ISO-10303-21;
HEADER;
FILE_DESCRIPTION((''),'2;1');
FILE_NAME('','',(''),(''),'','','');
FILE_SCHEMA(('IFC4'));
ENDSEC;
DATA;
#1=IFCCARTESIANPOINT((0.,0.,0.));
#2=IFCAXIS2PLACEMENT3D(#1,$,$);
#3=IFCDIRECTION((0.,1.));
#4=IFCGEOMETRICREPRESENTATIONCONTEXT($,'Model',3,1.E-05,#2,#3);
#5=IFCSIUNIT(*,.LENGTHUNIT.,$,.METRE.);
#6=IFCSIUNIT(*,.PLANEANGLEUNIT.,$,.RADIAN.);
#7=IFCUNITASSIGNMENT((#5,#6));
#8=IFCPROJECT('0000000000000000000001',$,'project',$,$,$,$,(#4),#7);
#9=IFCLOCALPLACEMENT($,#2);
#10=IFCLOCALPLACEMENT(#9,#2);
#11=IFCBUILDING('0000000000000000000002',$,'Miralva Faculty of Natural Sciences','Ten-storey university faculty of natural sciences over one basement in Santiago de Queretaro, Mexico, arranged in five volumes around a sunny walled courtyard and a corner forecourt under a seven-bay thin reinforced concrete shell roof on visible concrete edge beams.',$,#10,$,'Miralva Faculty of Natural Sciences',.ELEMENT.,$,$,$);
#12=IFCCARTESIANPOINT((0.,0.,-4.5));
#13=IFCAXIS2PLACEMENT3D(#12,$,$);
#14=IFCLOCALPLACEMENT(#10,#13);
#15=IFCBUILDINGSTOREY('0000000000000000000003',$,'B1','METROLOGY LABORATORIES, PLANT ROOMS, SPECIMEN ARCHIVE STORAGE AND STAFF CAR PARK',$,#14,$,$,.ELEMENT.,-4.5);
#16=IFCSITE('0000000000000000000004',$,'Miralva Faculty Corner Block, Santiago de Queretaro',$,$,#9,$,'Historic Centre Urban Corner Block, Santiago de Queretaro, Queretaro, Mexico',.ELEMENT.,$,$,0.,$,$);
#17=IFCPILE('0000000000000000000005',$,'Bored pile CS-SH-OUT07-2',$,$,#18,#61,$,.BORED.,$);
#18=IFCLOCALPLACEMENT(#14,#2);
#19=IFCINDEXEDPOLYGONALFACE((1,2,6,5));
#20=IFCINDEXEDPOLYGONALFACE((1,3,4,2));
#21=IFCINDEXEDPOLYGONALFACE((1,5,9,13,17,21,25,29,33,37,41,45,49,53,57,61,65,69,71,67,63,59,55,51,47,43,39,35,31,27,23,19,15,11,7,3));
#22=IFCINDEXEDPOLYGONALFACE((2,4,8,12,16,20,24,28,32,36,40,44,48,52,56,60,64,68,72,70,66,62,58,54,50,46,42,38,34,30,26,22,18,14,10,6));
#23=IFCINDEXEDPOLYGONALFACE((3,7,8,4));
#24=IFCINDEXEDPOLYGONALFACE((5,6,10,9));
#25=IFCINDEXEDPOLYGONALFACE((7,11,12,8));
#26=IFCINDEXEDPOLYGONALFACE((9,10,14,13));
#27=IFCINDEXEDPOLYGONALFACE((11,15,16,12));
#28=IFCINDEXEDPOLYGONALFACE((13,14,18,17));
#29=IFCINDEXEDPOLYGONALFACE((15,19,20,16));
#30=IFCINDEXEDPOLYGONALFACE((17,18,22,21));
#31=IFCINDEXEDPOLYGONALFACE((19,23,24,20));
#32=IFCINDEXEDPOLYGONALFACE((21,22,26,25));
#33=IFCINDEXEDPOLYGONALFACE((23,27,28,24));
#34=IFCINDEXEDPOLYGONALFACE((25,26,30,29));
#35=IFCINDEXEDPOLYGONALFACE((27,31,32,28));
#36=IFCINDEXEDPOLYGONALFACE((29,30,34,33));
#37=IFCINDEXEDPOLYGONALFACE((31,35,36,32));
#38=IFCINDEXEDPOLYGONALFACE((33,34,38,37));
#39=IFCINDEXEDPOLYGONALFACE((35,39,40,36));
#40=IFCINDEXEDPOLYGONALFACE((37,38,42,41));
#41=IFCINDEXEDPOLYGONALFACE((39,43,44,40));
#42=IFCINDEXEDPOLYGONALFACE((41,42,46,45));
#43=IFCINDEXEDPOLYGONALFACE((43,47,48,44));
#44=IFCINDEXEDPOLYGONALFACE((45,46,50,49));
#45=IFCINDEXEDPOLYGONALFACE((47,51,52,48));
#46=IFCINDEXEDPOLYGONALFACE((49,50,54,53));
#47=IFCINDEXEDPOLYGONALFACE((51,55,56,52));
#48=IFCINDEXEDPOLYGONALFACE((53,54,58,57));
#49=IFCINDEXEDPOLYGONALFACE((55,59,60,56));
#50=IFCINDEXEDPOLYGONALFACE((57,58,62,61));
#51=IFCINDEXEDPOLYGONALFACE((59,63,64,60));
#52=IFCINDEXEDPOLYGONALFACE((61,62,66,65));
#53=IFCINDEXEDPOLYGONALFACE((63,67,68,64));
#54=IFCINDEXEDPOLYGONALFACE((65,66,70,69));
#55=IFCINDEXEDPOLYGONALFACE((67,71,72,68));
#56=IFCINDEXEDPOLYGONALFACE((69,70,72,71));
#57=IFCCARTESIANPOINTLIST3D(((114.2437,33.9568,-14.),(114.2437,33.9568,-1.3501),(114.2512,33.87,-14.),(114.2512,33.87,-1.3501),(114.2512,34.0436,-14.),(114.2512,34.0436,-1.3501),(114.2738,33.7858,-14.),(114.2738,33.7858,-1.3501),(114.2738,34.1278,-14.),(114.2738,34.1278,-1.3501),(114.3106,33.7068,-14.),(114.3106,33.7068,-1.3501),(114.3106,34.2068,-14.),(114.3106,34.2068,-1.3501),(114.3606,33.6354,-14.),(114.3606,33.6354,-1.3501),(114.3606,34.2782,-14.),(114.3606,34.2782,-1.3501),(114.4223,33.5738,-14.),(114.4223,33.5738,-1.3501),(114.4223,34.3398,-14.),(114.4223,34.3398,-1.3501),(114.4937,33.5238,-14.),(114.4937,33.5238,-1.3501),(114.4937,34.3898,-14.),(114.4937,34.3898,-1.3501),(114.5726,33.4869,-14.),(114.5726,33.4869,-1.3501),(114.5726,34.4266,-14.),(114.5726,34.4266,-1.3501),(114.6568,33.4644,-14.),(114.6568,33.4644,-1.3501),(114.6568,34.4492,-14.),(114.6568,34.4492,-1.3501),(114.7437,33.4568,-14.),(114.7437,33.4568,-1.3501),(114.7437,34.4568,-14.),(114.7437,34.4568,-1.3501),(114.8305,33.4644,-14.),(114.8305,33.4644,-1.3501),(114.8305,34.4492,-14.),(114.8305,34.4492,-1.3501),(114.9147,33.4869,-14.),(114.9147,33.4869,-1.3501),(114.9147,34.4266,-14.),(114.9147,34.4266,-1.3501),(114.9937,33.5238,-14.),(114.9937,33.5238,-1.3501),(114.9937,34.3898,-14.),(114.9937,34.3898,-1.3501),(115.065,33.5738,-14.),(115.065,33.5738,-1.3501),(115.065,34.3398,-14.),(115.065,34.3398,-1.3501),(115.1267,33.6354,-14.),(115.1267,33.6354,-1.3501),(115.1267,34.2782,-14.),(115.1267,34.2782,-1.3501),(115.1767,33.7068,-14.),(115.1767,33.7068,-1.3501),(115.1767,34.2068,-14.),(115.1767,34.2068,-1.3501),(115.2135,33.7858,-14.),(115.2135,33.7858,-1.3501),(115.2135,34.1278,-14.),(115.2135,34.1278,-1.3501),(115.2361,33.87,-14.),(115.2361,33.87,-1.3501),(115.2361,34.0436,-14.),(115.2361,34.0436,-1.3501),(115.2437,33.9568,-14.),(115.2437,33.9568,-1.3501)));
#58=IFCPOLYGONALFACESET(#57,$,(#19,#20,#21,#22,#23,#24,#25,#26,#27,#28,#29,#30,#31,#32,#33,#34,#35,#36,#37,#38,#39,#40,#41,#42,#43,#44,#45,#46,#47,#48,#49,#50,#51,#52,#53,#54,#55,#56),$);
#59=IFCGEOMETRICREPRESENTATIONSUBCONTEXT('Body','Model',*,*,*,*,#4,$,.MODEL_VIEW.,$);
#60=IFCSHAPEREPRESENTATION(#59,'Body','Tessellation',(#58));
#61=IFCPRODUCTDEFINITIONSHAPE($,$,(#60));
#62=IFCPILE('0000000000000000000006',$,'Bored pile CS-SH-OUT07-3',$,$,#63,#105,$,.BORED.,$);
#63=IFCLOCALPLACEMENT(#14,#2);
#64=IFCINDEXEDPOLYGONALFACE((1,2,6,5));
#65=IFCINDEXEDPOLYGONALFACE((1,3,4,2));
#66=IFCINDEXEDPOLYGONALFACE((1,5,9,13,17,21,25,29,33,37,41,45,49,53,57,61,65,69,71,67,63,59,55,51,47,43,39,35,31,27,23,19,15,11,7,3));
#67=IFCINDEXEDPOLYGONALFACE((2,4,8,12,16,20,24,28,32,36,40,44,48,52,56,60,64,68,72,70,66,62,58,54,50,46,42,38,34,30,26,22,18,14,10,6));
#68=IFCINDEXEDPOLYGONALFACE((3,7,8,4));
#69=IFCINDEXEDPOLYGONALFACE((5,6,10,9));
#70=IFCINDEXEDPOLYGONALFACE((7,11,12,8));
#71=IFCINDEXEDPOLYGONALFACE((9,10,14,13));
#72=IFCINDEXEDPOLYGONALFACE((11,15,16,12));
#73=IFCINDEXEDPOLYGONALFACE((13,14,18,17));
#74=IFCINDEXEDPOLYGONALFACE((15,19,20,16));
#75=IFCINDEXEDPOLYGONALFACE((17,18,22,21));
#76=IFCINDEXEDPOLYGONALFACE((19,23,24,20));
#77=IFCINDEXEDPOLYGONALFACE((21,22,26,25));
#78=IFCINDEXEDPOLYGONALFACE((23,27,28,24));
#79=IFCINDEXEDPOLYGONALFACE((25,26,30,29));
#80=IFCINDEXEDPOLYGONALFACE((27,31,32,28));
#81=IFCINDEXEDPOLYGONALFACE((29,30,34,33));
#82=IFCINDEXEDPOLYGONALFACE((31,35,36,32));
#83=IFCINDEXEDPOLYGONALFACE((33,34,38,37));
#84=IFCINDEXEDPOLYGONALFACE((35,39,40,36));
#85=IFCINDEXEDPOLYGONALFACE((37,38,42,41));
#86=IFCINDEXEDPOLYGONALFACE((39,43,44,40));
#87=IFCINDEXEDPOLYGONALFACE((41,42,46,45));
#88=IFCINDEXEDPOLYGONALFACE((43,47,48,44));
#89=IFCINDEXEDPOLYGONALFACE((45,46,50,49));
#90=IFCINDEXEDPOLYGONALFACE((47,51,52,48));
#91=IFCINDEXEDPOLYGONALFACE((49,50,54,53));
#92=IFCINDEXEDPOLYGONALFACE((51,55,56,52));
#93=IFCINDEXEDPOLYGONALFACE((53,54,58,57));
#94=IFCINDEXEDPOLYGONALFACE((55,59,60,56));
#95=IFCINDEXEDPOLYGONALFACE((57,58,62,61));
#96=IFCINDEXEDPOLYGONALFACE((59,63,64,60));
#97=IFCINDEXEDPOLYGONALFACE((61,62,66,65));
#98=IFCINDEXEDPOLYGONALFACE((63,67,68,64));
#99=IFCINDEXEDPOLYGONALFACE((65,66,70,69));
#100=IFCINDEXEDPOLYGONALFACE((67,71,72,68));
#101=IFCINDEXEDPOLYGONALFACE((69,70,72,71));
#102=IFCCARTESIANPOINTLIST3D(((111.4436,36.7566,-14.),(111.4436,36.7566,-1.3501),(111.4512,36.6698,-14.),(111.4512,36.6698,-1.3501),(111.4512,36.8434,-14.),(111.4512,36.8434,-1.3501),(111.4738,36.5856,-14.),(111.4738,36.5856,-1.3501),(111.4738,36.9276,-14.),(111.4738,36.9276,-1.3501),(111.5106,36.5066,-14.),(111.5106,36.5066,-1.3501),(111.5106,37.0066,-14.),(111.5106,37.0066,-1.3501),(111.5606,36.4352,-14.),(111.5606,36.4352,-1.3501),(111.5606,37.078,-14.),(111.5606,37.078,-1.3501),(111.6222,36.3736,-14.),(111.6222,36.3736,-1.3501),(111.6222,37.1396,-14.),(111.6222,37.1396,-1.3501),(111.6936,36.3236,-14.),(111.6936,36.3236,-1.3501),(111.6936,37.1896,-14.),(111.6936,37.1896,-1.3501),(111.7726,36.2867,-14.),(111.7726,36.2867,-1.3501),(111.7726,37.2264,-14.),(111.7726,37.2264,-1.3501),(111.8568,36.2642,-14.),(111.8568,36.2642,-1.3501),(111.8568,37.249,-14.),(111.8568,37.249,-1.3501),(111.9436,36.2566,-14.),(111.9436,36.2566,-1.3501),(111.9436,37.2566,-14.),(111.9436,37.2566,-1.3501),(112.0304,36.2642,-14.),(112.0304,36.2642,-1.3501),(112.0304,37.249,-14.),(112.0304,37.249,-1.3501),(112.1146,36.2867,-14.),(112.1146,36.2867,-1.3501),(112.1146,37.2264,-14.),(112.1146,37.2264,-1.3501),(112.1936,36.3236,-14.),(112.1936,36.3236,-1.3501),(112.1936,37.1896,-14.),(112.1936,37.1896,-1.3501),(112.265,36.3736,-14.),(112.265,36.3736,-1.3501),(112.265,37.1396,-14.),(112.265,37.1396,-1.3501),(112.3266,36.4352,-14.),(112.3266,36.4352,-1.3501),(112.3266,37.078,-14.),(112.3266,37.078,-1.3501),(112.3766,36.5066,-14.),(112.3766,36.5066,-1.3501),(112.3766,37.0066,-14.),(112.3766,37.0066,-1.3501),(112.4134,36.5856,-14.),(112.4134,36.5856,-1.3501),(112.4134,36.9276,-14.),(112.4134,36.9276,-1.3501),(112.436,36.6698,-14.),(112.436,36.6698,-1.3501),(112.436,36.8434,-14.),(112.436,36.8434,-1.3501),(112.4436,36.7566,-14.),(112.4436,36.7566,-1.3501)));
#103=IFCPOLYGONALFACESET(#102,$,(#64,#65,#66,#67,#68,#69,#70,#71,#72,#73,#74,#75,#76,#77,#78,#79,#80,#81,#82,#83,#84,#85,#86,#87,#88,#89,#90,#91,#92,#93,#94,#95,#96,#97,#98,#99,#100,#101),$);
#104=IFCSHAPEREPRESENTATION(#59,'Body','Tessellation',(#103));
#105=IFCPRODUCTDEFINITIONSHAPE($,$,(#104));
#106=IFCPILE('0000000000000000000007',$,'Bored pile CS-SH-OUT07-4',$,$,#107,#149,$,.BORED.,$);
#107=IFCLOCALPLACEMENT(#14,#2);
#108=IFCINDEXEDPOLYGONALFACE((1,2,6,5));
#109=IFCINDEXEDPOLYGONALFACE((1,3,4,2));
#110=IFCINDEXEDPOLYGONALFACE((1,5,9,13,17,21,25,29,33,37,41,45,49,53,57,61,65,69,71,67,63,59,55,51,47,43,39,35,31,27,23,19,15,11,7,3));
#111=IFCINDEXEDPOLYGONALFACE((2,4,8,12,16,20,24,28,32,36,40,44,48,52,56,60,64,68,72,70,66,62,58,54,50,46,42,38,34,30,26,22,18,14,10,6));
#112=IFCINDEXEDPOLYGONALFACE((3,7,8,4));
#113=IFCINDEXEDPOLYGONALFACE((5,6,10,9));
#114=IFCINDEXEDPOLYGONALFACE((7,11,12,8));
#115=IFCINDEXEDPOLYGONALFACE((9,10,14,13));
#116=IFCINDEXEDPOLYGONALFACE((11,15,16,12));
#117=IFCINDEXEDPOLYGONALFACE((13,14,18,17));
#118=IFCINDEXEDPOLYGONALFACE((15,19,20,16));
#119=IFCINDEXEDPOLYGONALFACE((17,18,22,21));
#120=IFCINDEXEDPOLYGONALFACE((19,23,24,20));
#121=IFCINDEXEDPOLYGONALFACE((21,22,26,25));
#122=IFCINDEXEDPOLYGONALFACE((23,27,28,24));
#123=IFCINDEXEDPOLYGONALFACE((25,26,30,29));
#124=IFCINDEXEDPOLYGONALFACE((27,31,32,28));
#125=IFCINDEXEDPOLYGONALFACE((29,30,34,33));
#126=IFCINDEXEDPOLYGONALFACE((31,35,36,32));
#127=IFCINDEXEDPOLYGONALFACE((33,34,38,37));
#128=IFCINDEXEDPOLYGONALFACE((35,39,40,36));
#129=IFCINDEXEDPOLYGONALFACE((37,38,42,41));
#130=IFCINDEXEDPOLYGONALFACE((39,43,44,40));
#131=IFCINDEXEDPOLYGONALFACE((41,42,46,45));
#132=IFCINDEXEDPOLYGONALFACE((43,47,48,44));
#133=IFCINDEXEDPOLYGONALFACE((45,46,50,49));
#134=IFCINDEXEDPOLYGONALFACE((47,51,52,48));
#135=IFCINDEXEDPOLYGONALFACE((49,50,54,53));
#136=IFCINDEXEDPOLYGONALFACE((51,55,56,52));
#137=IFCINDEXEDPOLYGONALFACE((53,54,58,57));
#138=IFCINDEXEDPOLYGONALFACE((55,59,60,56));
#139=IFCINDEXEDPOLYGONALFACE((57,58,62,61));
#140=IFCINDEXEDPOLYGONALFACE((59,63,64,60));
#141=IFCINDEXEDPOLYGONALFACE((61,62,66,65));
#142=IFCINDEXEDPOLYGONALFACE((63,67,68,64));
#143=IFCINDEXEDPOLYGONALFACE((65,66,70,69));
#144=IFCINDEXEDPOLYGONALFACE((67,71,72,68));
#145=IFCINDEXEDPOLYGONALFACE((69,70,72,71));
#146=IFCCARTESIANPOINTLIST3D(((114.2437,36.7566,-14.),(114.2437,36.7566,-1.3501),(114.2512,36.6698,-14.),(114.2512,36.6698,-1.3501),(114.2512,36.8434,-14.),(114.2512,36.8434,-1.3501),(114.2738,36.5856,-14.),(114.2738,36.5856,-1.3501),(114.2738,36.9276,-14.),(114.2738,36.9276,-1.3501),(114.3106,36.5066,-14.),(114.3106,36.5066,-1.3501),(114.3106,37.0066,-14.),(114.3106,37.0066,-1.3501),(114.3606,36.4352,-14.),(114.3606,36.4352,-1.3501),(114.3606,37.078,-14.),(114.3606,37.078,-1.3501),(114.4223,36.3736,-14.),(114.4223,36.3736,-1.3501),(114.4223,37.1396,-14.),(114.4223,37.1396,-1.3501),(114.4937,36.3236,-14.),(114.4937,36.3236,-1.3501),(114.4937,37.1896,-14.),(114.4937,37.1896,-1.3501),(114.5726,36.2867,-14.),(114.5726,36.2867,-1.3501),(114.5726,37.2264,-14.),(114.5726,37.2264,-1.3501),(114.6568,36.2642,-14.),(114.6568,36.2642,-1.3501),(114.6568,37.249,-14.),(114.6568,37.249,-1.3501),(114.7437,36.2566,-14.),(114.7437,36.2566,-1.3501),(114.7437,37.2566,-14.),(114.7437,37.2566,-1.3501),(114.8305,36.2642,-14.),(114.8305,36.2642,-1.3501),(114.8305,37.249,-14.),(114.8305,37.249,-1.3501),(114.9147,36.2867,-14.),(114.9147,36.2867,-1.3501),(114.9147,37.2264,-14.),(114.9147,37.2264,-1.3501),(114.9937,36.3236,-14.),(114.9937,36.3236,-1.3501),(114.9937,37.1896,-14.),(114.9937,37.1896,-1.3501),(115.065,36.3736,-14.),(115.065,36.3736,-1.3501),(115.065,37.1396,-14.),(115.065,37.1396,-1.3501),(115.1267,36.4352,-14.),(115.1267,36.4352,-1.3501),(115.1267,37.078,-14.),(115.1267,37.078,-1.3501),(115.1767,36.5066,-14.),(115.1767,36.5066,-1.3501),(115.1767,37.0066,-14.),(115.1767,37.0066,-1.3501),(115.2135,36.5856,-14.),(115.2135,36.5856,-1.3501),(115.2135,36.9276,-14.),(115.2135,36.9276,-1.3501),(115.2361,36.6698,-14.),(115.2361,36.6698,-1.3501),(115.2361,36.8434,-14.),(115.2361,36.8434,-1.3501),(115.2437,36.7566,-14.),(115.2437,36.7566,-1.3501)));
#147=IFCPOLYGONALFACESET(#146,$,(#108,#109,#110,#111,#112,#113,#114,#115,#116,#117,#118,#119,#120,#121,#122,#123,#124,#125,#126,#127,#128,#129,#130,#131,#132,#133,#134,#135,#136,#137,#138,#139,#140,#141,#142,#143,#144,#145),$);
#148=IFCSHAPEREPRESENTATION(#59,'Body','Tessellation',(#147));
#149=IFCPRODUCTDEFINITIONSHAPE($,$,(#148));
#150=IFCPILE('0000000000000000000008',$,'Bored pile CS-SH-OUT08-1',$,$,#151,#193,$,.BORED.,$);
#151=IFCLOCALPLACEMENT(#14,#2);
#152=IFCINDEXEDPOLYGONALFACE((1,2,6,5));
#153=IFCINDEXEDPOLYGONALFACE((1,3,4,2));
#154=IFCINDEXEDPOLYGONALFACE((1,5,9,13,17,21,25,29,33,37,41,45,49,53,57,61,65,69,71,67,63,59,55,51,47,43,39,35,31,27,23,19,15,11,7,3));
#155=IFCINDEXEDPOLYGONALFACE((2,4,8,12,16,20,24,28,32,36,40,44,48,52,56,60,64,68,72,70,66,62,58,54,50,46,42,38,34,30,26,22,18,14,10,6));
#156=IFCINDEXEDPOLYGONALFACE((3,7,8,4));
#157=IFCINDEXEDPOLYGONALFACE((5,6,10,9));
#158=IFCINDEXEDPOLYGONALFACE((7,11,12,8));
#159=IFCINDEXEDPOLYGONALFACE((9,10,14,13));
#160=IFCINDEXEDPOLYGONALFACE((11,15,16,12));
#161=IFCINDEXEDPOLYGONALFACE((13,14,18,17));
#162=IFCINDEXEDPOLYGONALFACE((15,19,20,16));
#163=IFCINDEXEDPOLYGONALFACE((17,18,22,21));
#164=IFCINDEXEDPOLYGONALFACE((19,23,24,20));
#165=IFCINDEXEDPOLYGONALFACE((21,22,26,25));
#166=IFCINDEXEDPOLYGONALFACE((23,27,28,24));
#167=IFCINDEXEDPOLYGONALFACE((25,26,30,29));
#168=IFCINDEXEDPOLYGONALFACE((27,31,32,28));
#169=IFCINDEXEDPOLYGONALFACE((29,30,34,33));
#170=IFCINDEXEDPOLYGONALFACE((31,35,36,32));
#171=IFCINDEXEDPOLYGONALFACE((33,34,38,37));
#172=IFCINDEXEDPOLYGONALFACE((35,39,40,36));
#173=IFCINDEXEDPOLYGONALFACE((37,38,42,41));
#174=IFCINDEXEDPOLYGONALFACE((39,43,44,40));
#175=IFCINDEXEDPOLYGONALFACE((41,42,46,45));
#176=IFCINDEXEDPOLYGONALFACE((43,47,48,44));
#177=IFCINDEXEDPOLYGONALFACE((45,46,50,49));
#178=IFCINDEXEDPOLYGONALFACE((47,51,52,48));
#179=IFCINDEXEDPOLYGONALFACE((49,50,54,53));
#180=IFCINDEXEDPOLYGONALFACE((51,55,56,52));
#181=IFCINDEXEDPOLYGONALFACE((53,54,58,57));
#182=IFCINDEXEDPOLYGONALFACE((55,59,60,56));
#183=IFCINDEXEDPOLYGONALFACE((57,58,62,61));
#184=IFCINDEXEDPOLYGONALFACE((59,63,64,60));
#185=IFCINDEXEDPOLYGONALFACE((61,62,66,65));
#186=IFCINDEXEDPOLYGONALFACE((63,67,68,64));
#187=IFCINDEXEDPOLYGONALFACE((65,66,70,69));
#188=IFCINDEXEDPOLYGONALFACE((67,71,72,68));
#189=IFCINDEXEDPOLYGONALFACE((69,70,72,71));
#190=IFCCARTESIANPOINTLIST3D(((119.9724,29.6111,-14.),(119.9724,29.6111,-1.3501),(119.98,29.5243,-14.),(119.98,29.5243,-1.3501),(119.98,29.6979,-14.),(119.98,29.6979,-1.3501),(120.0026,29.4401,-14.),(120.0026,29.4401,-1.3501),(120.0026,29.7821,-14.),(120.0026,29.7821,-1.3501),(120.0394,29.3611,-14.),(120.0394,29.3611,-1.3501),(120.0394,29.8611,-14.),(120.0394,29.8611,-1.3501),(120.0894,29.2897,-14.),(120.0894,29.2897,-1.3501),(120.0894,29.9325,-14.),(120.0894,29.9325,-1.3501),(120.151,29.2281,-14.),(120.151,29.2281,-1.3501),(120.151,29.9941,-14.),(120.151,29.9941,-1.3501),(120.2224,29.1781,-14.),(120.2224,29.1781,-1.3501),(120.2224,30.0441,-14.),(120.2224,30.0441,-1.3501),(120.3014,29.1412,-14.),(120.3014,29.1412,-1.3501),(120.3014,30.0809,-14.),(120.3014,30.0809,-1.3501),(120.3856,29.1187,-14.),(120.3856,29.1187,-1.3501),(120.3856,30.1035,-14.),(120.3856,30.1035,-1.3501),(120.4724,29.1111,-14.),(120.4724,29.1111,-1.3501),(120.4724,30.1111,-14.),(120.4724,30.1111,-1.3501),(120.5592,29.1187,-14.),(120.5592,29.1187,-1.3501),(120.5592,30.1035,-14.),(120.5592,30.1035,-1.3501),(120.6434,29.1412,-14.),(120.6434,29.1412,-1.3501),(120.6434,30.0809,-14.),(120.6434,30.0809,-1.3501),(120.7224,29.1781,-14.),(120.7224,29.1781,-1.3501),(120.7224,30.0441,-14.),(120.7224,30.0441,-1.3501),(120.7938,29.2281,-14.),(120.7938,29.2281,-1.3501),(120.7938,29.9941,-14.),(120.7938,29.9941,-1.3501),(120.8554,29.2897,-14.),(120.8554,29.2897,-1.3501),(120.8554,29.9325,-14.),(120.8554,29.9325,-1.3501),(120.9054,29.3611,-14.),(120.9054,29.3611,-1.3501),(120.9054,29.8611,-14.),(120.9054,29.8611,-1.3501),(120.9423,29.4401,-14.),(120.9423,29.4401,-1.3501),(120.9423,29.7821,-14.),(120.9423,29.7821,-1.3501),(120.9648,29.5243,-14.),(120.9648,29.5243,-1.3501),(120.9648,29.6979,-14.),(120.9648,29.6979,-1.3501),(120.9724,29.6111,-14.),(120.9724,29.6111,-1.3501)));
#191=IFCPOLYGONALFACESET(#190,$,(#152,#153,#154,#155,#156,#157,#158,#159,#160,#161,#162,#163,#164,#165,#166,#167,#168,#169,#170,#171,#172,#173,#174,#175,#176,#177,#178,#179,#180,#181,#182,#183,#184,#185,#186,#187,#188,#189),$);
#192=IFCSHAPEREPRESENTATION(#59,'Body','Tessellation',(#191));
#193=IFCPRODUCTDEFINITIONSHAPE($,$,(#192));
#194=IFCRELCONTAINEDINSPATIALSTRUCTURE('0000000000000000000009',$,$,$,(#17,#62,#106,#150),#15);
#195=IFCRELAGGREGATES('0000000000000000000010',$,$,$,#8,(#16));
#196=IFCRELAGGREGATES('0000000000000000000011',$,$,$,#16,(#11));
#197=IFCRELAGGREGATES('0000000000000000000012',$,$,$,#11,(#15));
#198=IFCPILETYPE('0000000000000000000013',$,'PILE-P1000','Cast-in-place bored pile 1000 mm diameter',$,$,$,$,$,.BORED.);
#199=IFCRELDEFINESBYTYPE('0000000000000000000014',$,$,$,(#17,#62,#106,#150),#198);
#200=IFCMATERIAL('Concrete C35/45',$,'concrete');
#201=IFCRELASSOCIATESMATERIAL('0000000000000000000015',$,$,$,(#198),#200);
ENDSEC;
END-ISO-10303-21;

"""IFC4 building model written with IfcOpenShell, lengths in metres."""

from ifc_helpers import new_model, si_unit, direction, frame, origin, origin_2d, place, context, subcontext, project, spatial, circle, extrude, material, material_profile, profile_set, type_object, element, save


model = new_model("IFC4")

# Units and contexts
model_context = context("Model", 3, precision=1e-05, world=origin(), true_north=direction((0.0, 1.0)))
body_context = subcontext(model_context, "Body", "Model", "MODEL_VIEW")
ifc_project = project(units=[si_unit("LENGTHUNIT", "METRE"), si_unit("PLANEANGLEUNIT", "RADIAN")], contexts=[model_context])

# Site, building, storey
site_placement = place(None, origin())
site = spatial("IfcSite", under=ifc_project, at=site_placement, Name="Miralva Faculty Corner Block, Santiago de Queretaro", LongName="Historic Centre Urban Corner Block, Santiago de Queretaro, Queretaro, Mexico", CompositionType="ELEMENT", RefElevation=0.0)
building_placement = place(site_placement, origin())
building = spatial("IfcBuilding", under=site, at=building_placement, Name="Miralva Faculty of Natural Sciences", Description="Ten-storey university faculty of natural sciences over one basement in Santiago de Queretaro, Mexico, arranged in five volumes around a sunny walled courtyard and a corner forecourt under a seven-bay thin reinforced concrete shell roof on visible concrete edge beams.", LongName="Miralva Faculty of Natural Sciences", CompositionType="ELEMENT")
storey_placement = place(building_placement, frame((0.0, 0.0, -4.5)))
storey = spatial("IfcBuildingStorey", under=building, at=storey_placement, Name="B1", Description="METROLOGY LABORATORIES, PLANT ROOMS, SPECIMEN ARCHIVE STORAGE AND STAFF CAR PARK", CompositionType="ELEMENT", Elevation=-4.5)

# Piles
ifc_material_1 = material(Name="Concrete C35/45", Category="concrete")
ifc_material_profile_1 = material_profile(ifc_material_1, circle(Radius=0.5, at=origin_2d()), Name="BORED PILE 1000")
ifc_profile_set_1 = profile_set([ifc_material_profile_1], Name="Concrete C35/45")
pile_type = type_object("IfcPileType", Name="PILE-P1000", Description="Cast-in-place bored pile 1000 mm diameter", PredefinedType="BORED", material=ifc_profile_set_1)
for number, where, z_axis, x_axis, name in (
    (1, (114.7437, 33.9568, -1.3501), (0.0, 0.0, -1.0), (1.0, 0.0, 0.0), "Bored pile CS-SH-OUT07-2"),
    (2, (111.9436, 36.7566, -1.3501), (0.0, 0.0, -1.0), (1.0, 0.0, 0.0), "Bored pile CS-SH-OUT07-3"),
    (3, (114.7437, 36.7566, -1.3501), (0.0, 0.0, -1.0), (1.0, 0.0, 0.0), "Bored pile CS-SH-OUT07-4"),
    (4, (120.4724, 29.6111, -1.3501), (0.0, 0.0, -1.0), (1.0, 0.0, 0.0), "Bored pile CS-SH-OUT08-1"),
):
    element("IfcPile", number, at=place(storey_placement, frame(where, z_axis=z_axis, x_axis=x_axis)), inside=storey, type_object=pile_type, Name=name, PredefinedType="BORED", context=body_context, shape_type="SweptSolid", body=[
        extrude(circle(Radius=0.5, at=origin_2d()), origin(), (0.0, 0.0, 1.0), 12.6499),
    ])

save(model, "model.ifc")
